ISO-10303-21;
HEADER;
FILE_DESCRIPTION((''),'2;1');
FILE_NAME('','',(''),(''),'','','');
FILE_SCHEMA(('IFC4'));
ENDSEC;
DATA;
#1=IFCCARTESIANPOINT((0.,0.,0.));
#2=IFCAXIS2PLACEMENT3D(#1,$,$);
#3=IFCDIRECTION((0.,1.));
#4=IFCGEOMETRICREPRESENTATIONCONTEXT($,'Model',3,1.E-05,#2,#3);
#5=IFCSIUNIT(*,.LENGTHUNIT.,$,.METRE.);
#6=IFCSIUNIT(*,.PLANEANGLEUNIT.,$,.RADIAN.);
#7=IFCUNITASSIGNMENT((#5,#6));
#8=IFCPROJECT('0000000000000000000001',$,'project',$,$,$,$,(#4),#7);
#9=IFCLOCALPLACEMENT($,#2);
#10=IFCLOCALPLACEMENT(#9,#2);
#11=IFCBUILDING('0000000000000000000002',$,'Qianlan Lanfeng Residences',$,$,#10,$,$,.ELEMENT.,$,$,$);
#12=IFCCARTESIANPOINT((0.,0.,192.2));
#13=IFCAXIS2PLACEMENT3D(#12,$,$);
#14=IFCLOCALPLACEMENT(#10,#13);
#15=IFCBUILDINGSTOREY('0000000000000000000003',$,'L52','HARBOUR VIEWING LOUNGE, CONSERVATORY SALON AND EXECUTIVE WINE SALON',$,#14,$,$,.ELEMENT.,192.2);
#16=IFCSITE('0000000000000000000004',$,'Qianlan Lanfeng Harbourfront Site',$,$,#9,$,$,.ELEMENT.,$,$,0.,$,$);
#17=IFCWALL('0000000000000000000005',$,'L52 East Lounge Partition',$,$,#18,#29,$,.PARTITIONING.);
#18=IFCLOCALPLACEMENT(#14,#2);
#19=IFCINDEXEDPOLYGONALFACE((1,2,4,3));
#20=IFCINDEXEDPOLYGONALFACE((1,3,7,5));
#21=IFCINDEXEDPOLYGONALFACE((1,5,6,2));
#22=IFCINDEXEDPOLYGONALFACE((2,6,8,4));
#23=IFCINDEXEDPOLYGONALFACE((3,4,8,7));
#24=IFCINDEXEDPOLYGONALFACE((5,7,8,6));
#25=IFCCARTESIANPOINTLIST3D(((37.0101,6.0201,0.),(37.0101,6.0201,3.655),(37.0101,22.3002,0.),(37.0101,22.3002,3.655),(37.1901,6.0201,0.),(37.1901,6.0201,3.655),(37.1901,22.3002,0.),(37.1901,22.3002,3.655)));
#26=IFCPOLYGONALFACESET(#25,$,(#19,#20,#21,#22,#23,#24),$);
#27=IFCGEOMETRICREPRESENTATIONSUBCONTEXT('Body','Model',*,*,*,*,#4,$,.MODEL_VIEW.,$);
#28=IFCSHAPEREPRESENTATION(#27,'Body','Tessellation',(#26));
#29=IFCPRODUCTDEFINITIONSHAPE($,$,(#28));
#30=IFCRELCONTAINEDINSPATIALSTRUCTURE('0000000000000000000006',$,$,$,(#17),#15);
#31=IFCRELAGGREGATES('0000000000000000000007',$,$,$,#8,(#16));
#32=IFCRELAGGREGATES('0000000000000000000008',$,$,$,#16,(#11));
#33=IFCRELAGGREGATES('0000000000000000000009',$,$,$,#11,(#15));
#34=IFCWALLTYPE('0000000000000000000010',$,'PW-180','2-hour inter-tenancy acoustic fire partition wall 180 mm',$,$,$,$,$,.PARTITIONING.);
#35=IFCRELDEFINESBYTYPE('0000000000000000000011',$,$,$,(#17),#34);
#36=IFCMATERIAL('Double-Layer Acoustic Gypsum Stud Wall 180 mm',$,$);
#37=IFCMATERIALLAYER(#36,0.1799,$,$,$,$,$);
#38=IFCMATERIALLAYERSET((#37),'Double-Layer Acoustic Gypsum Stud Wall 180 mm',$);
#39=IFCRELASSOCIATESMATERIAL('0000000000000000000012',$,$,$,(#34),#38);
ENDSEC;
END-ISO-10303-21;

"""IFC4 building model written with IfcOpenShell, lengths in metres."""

from ifc_helpers import new_model, si_unit, direction, frame, frame_2d, origin, place, context, subcontext, project, spatial, rectangle, extrude, material, layer, layer_set, type_object, element, save


model = new_model("IFC4")

# Units and contexts
model_context = context("Model", 3, precision=1e-05, world=origin(), true_north=direction((0.0, 1.0)))
body_context = subcontext(model_context, "Body", "Model", "MODEL_VIEW")
ifc_project = project(units=[si_unit("LENGTHUNIT", "METRE"), si_unit("PLANEANGLEUNIT", "RADIAN")], contexts=[model_context])

# Site, building, storey
site_placement = place(None, origin())
site = spatial("IfcSite", under=ifc_project, at=site_placement, Name="Qianlan Lanfeng Harbourfront Site", CompositionType="ELEMENT", RefElevation=0.0)
building_placement = place(site_placement, origin())
building = spatial("IfcBuilding", under=site, at=building_placement, Name="Qianlan Lanfeng Residences", CompositionType="ELEMENT")
storey_placement = place(building_placement, frame((0.0, 0.0, 192.2)))
storey = spatial("IfcBuildingStorey", under=building, at=storey_placement, Name="L52", Description="HARBOUR VIEWING LOUNGE, CONSERVATORY SALON AND EXECUTIVE WINE SALON", CompositionType="ELEMENT", Elevation=192.2)

# Wall
ifc_material_1 = material(Name="Double-Layer Acoustic Gypsum Stud Wall 180 mm")
ifc_layer_1 = layer(ifc_material_1, 0.1799)
ifc_layer_set_1 = layer_set([ifc_layer_1], Name="Double-Layer Acoustic Gypsum Stud Wall 180 mm")
wall_type_1 = type_object("IfcWallType", Name="PW-180", Description="2-hour inter-tenancy acoustic fire partition wall 180 mm", PredefinedType="PARTITIONING", material=ifc_layer_set_1)
wall_1_placement = place(storey_placement, frame((37.1001, 6.02, 0.0), z_axis=(0.0, 0.0, 1.0), x_axis=(0.0, 1.0, 0.0)))
element("IfcWall", 1, at=wall_1_placement, inside=storey, type_object=wall_type_1, Name="L52 East Lounge Partition", PredefinedType="PARTITIONING", context=body_context, shape_type="SweptSolid", body=[
    extrude(rectangle(XDim=16.28, YDim=0.1799, at=frame_2d((8.1401, 0.0))), origin(), (0.0, 0.0, 1.0), 3.655),
])

save(model, "model.ifc")
